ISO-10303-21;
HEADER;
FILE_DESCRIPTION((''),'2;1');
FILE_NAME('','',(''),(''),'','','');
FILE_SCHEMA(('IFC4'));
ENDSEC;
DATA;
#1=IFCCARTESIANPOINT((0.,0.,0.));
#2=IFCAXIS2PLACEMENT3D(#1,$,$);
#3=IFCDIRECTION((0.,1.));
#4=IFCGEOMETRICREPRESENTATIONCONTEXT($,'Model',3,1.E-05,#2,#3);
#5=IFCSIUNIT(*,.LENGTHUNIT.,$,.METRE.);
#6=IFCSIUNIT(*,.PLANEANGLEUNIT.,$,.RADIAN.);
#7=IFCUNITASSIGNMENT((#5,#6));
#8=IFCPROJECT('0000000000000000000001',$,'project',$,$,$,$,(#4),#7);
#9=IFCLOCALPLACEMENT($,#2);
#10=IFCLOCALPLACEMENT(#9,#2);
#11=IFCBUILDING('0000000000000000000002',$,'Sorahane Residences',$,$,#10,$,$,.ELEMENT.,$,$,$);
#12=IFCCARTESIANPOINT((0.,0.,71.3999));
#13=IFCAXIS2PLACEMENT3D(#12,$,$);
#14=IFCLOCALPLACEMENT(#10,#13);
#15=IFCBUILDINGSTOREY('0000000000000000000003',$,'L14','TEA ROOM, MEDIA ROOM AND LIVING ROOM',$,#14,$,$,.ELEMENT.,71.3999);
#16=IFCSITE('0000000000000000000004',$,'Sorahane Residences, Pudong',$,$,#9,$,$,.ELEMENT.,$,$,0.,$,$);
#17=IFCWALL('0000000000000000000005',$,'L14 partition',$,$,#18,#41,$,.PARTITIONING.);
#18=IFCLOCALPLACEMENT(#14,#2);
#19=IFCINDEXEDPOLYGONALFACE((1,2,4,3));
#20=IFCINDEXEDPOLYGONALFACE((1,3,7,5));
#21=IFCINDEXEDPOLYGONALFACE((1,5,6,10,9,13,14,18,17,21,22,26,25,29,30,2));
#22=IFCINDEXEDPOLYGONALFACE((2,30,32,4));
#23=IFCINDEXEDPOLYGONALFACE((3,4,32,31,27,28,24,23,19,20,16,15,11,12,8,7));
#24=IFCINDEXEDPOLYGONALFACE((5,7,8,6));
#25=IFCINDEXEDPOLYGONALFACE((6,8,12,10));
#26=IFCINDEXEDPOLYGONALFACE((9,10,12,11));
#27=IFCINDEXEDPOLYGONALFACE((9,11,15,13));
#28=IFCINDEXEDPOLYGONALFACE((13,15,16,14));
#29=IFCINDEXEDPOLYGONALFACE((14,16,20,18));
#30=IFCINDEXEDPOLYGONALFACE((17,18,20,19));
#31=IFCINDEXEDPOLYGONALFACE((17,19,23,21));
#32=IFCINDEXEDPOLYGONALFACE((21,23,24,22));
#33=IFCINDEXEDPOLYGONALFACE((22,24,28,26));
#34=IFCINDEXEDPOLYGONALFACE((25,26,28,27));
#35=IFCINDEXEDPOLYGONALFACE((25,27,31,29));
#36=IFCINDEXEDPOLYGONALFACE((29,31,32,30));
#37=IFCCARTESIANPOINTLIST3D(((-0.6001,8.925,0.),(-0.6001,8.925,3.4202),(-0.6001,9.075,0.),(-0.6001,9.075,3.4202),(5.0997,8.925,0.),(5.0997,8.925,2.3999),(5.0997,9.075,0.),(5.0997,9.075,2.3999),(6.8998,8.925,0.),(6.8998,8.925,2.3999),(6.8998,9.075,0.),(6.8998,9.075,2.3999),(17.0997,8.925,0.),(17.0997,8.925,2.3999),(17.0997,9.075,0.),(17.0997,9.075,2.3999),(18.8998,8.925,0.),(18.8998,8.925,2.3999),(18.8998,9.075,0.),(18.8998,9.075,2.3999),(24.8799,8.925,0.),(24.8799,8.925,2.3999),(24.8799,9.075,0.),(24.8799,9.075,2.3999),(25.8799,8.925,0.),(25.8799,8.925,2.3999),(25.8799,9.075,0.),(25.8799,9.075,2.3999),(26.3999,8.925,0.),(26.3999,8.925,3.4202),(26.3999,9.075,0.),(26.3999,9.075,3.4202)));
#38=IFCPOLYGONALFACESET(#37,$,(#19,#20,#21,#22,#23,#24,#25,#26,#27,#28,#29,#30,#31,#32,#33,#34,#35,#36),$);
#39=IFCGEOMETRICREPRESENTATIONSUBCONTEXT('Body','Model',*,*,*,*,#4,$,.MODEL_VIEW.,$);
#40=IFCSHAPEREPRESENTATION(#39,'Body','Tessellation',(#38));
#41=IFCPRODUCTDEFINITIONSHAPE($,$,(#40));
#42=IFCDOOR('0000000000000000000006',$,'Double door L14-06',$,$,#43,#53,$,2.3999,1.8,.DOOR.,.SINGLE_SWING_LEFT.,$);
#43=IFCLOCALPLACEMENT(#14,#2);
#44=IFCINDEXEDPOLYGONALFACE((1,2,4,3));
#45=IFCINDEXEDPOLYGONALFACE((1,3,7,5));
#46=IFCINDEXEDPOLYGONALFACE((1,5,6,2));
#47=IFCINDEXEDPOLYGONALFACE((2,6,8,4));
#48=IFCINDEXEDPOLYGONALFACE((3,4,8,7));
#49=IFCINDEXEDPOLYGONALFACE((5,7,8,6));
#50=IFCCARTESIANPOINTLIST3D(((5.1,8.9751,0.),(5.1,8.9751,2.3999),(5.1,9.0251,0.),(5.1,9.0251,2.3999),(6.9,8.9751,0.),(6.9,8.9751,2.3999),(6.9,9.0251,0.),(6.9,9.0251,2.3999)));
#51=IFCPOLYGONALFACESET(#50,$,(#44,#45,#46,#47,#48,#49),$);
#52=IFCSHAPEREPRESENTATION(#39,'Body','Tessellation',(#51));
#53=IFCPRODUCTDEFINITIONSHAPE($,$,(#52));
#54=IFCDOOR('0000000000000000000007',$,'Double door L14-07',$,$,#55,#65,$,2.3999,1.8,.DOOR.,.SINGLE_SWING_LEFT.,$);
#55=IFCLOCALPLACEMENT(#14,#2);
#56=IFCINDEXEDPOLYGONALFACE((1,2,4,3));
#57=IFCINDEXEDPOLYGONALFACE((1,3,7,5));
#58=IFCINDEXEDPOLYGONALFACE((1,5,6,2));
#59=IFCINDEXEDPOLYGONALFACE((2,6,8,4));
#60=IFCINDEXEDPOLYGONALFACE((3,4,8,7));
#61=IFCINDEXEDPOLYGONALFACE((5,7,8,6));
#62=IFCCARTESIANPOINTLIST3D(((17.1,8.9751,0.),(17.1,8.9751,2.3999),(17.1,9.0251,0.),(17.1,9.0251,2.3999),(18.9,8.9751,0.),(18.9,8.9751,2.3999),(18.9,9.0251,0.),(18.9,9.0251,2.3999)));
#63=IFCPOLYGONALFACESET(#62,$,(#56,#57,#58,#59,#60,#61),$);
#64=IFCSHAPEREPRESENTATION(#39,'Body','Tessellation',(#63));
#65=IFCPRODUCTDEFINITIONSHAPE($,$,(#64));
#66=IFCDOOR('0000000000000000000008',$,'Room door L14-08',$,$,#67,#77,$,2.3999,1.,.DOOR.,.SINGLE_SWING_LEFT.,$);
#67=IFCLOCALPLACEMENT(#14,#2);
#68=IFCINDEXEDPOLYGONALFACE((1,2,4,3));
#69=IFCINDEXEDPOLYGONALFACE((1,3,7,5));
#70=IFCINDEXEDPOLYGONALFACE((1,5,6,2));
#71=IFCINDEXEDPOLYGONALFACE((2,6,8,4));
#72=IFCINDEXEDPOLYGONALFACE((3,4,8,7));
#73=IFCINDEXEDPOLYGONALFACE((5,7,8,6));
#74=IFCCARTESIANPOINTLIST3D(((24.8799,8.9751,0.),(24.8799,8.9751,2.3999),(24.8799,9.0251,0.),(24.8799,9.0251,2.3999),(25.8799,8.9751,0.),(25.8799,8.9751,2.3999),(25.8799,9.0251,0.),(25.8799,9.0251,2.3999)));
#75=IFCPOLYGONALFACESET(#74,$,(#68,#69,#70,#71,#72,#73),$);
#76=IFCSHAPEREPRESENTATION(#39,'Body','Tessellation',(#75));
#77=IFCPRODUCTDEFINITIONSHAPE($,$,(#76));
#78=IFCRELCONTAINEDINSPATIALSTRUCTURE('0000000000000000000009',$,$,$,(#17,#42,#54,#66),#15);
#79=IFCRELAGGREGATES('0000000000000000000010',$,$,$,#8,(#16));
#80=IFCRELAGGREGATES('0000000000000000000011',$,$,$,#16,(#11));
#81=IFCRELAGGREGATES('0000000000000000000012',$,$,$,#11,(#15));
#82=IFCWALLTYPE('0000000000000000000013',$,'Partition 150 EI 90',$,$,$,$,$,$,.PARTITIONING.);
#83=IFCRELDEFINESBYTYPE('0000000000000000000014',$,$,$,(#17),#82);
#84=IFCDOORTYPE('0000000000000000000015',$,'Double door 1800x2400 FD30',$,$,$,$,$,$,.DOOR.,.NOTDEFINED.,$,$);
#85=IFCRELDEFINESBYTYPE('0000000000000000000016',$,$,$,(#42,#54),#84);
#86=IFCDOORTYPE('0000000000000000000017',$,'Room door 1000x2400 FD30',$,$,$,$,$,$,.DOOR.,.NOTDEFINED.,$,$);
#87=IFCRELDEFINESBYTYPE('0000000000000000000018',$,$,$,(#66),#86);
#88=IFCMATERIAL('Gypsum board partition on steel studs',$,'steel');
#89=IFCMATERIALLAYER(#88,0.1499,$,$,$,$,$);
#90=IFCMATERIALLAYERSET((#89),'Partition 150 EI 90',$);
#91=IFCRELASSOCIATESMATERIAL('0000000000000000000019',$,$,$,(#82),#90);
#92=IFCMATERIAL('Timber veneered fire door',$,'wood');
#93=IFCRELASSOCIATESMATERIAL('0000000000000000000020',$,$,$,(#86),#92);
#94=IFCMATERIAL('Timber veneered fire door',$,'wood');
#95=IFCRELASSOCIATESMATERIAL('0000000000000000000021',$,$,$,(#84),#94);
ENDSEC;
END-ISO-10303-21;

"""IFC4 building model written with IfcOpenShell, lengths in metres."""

from ifc_helpers import new_model, si_unit, direction, frame, frame_2d, origin, place, context, subcontext, project, spatial, rectangle, extrude, material, layer, layer_set, type_object, element, fill, save


model = new_model("IFC4")

# Units and contexts
model_context = context("Model", 3, precision=1e-05, world=origin(), true_north=direction((0.0, 1.0)))
body_context = subcontext(model_context, "Body", "Model", "MODEL_VIEW")
ifc_project = project(units=[si_unit("LENGTHUNIT", "METRE"), si_unit("PLANEANGLEUNIT", "RADIAN")], contexts=[model_context])

# Site, building, storey
site_placement = place(None, origin())
site = spatial("IfcSite", under=ifc_project, at=site_placement, Name="Sorahane Residences, Pudong", CompositionType="ELEMENT", RefElevation=0.0)
building_placement = place(site_placement, origin())
building = spatial("IfcBuilding", under=site, at=building_placement, Name="Sorahane Residences", CompositionType="ELEMENT")
storey_placement = place(building_placement, frame((0.0, 0.0, 71.3999)))
storey = spatial("IfcBuildingStorey", under=building, at=storey_placement, Name="L14", Description="TEA ROOM, MEDIA ROOM AND LIVING ROOM", CompositionType="ELEMENT", Elevation=71.3999)

# Shared definitions
ifc_material_1 = material(Name="Gypsum board partition on steel studs", Category="steel")
ifc_layer_1 = layer(ifc_material_1, 0.1499)
ifc_layer_set_1 = layer_set([ifc_layer_1], Name="Partition 150 EI 90")
wall_type_1 = type_object("IfcWallType", Name="Partition 150 EI 90", PredefinedType="PARTITIONING", material=ifc_layer_set_1)

# Wall, openings, doors
ifc_material_2 = material(Name="Timber veneered fire door", Category="wood")
door_type_1 = type_object("IfcDoorType", Name="Room door 1000x2400 FD30", OperationType="NOTDEFINED", PredefinedType="DOOR", material=ifc_material_2)
wall_1_placement = place(storey_placement, frame((-0.6001, 9.0, 0.0), z_axis=(0.0, 0.0, 1.0), x_axis=(1.0, 0.0, 0.0)))
wall_1 = element("IfcWall", 1, at=wall_1_placement, inside=storey, type_object=wall_type_1, Name="L14 partition", PredefinedType="PARTITIONING", context=body_context, shape_type="SweptSolid", body=[
    extrude(rectangle(XDim=27.0, YDim=0.1499, at=frame_2d((13.5, 0.0))), origin(), (0.0, 0.0, 1.0), 3.4202),
])
opening_1_placement = place(wall_1_placement, frame((5.7, 0.0, 0.0)))
opening_1 = element("IfcOpeningElement", 2, at=opening_1_placement, cuts=wall_1, PredefinedType="OPENING", context=body_context, shape_type="SweptSolid", body=[
    extrude(rectangle(XDim=1.8, YDim=2.3999, at=frame_2d((0.8999, 1.2))), frame((0.0, 0.085, 0.0), z_axis=(0.0, -1.0, 0.0), x_axis=(1.0, 0.0, 0.0)), (0.0, 0.0, 1.0), 0.1699),
])
opening_2_placement = place(wall_1_placement, frame((17.7, 0.0, 0.0)))
opening_2 = element("IfcOpeningElement", 3, at=opening_2_placement, cuts=wall_1, PredefinedType="OPENING", context=body_context, shape_type="SweptSolid", body=[
    extrude(rectangle(XDim=1.8, YDim=2.3999, at=frame_2d((0.8999, 1.2))), frame((0.0, 0.085, 0.0), z_axis=(0.0, -1.0, 0.0), x_axis=(1.0, 0.0, 0.0)), (0.0, 0.0, 1.0), 0.1699),
])
opening_3_placement = place(wall_1_placement, frame((25.48, 0.0, 0.0)))
opening_3 = element("IfcOpeningElement", 4, at=opening_3_placement, cuts=wall_1, PredefinedType="OPENING", context=body_context, shape_type="SweptSolid", body=[
    extrude(rectangle(XDim=1.0, YDim=2.3999, at=frame_2d((0.5, 1.2))), frame((0.0, 0.085, 0.0), z_axis=(0.0, -1.0, 0.0), x_axis=(1.0, 0.0, 0.0)), (0.0, 0.0, 1.0), 0.1699),
])
ifc_material_3 = material(Name="Timber veneered fire door", Category="wood")
door_type_2 = type_object("IfcDoorType", Name="Double door 1800x2400 FD30", OperationType="NOTDEFINED", PredefinedType="DOOR", material=ifc_material_3)
door_1_placement = place(opening_1_placement, frame((1.8, 0.0, 0.0), z_axis=(0.0, 0.0, 1.0), x_axis=(-1.0, 0.0, 0.0)))
door_1 = element("IfcDoor", 5, at=door_1_placement, inside=storey, type_object=door_type_2, Name="Double door L14-06", OperationType="SINGLE_SWING_LEFT", OverallHeight=2.3999, OverallWidth=1.8, PredefinedType="DOOR", context=body_context, shape_type="SweptSolid", body=[
    extrude(rectangle(XDim=1.8, YDim=2.3999, at=frame_2d((0.8999, 1.2))), frame((0.0, 0.0249, 0.0), z_axis=(0.0, -1.0, 0.0), x_axis=(1.0, 0.0, 0.0)), (0.0, 0.0, 1.0), 0.05),
])
fill(opening_1, door_1)
door_2_placement = place(opening_2_placement, frame((1.8, 0.0, 0.0), z_axis=(0.0, 0.0, 1.0), x_axis=(-1.0, 0.0, 0.0)))
door_2 = element("IfcDoor", 6, at=door_2_placement, inside=storey, type_object=door_type_2, Name="Double door L14-07", OperationType="SINGLE_SWING_LEFT", OverallHeight=2.3999, OverallWidth=1.8, PredefinedType="DOOR", context=body_context, shape_type="SweptSolid", body=[
    extrude(rectangle(XDim=1.8, YDim=2.3999, at=frame_2d((0.8999, 1.2))), frame((0.0, 0.0249, 0.0), z_axis=(0.0, -1.0, 0.0), x_axis=(1.0, 0.0, 0.0)), (0.0, 0.0, 1.0), 0.05),
])
fill(opening_2, door_2)
door_3_placement = place(opening_3_placement, frame((1.0, 0.0, 0.0), z_axis=(0.0, 0.0, 1.0), x_axis=(-1.0, 0.0, 0.0)))
door_3 = element("IfcDoor", 7, at=door_3_placement, inside=storey, type_object=door_type_1, Name="Room door L14-08", OperationType="SINGLE_SWING_LEFT", OverallHeight=2.3999, OverallWidth=1.0, PredefinedType="DOOR", context=body_context, shape_type="SweptSolid", body=[
    extrude(rectangle(XDim=1.0, YDim=2.3999, at=frame_2d((0.5, 1.2))), frame((0.0, 0.0249, 0.0), z_axis=(0.0, -1.0, 0.0), x_axis=(1.0, 0.0, 0.0)), (0.0, 0.0, 1.0), 0.05),
])
fill(opening_3, door_3)

save(model, "model.ifc")
